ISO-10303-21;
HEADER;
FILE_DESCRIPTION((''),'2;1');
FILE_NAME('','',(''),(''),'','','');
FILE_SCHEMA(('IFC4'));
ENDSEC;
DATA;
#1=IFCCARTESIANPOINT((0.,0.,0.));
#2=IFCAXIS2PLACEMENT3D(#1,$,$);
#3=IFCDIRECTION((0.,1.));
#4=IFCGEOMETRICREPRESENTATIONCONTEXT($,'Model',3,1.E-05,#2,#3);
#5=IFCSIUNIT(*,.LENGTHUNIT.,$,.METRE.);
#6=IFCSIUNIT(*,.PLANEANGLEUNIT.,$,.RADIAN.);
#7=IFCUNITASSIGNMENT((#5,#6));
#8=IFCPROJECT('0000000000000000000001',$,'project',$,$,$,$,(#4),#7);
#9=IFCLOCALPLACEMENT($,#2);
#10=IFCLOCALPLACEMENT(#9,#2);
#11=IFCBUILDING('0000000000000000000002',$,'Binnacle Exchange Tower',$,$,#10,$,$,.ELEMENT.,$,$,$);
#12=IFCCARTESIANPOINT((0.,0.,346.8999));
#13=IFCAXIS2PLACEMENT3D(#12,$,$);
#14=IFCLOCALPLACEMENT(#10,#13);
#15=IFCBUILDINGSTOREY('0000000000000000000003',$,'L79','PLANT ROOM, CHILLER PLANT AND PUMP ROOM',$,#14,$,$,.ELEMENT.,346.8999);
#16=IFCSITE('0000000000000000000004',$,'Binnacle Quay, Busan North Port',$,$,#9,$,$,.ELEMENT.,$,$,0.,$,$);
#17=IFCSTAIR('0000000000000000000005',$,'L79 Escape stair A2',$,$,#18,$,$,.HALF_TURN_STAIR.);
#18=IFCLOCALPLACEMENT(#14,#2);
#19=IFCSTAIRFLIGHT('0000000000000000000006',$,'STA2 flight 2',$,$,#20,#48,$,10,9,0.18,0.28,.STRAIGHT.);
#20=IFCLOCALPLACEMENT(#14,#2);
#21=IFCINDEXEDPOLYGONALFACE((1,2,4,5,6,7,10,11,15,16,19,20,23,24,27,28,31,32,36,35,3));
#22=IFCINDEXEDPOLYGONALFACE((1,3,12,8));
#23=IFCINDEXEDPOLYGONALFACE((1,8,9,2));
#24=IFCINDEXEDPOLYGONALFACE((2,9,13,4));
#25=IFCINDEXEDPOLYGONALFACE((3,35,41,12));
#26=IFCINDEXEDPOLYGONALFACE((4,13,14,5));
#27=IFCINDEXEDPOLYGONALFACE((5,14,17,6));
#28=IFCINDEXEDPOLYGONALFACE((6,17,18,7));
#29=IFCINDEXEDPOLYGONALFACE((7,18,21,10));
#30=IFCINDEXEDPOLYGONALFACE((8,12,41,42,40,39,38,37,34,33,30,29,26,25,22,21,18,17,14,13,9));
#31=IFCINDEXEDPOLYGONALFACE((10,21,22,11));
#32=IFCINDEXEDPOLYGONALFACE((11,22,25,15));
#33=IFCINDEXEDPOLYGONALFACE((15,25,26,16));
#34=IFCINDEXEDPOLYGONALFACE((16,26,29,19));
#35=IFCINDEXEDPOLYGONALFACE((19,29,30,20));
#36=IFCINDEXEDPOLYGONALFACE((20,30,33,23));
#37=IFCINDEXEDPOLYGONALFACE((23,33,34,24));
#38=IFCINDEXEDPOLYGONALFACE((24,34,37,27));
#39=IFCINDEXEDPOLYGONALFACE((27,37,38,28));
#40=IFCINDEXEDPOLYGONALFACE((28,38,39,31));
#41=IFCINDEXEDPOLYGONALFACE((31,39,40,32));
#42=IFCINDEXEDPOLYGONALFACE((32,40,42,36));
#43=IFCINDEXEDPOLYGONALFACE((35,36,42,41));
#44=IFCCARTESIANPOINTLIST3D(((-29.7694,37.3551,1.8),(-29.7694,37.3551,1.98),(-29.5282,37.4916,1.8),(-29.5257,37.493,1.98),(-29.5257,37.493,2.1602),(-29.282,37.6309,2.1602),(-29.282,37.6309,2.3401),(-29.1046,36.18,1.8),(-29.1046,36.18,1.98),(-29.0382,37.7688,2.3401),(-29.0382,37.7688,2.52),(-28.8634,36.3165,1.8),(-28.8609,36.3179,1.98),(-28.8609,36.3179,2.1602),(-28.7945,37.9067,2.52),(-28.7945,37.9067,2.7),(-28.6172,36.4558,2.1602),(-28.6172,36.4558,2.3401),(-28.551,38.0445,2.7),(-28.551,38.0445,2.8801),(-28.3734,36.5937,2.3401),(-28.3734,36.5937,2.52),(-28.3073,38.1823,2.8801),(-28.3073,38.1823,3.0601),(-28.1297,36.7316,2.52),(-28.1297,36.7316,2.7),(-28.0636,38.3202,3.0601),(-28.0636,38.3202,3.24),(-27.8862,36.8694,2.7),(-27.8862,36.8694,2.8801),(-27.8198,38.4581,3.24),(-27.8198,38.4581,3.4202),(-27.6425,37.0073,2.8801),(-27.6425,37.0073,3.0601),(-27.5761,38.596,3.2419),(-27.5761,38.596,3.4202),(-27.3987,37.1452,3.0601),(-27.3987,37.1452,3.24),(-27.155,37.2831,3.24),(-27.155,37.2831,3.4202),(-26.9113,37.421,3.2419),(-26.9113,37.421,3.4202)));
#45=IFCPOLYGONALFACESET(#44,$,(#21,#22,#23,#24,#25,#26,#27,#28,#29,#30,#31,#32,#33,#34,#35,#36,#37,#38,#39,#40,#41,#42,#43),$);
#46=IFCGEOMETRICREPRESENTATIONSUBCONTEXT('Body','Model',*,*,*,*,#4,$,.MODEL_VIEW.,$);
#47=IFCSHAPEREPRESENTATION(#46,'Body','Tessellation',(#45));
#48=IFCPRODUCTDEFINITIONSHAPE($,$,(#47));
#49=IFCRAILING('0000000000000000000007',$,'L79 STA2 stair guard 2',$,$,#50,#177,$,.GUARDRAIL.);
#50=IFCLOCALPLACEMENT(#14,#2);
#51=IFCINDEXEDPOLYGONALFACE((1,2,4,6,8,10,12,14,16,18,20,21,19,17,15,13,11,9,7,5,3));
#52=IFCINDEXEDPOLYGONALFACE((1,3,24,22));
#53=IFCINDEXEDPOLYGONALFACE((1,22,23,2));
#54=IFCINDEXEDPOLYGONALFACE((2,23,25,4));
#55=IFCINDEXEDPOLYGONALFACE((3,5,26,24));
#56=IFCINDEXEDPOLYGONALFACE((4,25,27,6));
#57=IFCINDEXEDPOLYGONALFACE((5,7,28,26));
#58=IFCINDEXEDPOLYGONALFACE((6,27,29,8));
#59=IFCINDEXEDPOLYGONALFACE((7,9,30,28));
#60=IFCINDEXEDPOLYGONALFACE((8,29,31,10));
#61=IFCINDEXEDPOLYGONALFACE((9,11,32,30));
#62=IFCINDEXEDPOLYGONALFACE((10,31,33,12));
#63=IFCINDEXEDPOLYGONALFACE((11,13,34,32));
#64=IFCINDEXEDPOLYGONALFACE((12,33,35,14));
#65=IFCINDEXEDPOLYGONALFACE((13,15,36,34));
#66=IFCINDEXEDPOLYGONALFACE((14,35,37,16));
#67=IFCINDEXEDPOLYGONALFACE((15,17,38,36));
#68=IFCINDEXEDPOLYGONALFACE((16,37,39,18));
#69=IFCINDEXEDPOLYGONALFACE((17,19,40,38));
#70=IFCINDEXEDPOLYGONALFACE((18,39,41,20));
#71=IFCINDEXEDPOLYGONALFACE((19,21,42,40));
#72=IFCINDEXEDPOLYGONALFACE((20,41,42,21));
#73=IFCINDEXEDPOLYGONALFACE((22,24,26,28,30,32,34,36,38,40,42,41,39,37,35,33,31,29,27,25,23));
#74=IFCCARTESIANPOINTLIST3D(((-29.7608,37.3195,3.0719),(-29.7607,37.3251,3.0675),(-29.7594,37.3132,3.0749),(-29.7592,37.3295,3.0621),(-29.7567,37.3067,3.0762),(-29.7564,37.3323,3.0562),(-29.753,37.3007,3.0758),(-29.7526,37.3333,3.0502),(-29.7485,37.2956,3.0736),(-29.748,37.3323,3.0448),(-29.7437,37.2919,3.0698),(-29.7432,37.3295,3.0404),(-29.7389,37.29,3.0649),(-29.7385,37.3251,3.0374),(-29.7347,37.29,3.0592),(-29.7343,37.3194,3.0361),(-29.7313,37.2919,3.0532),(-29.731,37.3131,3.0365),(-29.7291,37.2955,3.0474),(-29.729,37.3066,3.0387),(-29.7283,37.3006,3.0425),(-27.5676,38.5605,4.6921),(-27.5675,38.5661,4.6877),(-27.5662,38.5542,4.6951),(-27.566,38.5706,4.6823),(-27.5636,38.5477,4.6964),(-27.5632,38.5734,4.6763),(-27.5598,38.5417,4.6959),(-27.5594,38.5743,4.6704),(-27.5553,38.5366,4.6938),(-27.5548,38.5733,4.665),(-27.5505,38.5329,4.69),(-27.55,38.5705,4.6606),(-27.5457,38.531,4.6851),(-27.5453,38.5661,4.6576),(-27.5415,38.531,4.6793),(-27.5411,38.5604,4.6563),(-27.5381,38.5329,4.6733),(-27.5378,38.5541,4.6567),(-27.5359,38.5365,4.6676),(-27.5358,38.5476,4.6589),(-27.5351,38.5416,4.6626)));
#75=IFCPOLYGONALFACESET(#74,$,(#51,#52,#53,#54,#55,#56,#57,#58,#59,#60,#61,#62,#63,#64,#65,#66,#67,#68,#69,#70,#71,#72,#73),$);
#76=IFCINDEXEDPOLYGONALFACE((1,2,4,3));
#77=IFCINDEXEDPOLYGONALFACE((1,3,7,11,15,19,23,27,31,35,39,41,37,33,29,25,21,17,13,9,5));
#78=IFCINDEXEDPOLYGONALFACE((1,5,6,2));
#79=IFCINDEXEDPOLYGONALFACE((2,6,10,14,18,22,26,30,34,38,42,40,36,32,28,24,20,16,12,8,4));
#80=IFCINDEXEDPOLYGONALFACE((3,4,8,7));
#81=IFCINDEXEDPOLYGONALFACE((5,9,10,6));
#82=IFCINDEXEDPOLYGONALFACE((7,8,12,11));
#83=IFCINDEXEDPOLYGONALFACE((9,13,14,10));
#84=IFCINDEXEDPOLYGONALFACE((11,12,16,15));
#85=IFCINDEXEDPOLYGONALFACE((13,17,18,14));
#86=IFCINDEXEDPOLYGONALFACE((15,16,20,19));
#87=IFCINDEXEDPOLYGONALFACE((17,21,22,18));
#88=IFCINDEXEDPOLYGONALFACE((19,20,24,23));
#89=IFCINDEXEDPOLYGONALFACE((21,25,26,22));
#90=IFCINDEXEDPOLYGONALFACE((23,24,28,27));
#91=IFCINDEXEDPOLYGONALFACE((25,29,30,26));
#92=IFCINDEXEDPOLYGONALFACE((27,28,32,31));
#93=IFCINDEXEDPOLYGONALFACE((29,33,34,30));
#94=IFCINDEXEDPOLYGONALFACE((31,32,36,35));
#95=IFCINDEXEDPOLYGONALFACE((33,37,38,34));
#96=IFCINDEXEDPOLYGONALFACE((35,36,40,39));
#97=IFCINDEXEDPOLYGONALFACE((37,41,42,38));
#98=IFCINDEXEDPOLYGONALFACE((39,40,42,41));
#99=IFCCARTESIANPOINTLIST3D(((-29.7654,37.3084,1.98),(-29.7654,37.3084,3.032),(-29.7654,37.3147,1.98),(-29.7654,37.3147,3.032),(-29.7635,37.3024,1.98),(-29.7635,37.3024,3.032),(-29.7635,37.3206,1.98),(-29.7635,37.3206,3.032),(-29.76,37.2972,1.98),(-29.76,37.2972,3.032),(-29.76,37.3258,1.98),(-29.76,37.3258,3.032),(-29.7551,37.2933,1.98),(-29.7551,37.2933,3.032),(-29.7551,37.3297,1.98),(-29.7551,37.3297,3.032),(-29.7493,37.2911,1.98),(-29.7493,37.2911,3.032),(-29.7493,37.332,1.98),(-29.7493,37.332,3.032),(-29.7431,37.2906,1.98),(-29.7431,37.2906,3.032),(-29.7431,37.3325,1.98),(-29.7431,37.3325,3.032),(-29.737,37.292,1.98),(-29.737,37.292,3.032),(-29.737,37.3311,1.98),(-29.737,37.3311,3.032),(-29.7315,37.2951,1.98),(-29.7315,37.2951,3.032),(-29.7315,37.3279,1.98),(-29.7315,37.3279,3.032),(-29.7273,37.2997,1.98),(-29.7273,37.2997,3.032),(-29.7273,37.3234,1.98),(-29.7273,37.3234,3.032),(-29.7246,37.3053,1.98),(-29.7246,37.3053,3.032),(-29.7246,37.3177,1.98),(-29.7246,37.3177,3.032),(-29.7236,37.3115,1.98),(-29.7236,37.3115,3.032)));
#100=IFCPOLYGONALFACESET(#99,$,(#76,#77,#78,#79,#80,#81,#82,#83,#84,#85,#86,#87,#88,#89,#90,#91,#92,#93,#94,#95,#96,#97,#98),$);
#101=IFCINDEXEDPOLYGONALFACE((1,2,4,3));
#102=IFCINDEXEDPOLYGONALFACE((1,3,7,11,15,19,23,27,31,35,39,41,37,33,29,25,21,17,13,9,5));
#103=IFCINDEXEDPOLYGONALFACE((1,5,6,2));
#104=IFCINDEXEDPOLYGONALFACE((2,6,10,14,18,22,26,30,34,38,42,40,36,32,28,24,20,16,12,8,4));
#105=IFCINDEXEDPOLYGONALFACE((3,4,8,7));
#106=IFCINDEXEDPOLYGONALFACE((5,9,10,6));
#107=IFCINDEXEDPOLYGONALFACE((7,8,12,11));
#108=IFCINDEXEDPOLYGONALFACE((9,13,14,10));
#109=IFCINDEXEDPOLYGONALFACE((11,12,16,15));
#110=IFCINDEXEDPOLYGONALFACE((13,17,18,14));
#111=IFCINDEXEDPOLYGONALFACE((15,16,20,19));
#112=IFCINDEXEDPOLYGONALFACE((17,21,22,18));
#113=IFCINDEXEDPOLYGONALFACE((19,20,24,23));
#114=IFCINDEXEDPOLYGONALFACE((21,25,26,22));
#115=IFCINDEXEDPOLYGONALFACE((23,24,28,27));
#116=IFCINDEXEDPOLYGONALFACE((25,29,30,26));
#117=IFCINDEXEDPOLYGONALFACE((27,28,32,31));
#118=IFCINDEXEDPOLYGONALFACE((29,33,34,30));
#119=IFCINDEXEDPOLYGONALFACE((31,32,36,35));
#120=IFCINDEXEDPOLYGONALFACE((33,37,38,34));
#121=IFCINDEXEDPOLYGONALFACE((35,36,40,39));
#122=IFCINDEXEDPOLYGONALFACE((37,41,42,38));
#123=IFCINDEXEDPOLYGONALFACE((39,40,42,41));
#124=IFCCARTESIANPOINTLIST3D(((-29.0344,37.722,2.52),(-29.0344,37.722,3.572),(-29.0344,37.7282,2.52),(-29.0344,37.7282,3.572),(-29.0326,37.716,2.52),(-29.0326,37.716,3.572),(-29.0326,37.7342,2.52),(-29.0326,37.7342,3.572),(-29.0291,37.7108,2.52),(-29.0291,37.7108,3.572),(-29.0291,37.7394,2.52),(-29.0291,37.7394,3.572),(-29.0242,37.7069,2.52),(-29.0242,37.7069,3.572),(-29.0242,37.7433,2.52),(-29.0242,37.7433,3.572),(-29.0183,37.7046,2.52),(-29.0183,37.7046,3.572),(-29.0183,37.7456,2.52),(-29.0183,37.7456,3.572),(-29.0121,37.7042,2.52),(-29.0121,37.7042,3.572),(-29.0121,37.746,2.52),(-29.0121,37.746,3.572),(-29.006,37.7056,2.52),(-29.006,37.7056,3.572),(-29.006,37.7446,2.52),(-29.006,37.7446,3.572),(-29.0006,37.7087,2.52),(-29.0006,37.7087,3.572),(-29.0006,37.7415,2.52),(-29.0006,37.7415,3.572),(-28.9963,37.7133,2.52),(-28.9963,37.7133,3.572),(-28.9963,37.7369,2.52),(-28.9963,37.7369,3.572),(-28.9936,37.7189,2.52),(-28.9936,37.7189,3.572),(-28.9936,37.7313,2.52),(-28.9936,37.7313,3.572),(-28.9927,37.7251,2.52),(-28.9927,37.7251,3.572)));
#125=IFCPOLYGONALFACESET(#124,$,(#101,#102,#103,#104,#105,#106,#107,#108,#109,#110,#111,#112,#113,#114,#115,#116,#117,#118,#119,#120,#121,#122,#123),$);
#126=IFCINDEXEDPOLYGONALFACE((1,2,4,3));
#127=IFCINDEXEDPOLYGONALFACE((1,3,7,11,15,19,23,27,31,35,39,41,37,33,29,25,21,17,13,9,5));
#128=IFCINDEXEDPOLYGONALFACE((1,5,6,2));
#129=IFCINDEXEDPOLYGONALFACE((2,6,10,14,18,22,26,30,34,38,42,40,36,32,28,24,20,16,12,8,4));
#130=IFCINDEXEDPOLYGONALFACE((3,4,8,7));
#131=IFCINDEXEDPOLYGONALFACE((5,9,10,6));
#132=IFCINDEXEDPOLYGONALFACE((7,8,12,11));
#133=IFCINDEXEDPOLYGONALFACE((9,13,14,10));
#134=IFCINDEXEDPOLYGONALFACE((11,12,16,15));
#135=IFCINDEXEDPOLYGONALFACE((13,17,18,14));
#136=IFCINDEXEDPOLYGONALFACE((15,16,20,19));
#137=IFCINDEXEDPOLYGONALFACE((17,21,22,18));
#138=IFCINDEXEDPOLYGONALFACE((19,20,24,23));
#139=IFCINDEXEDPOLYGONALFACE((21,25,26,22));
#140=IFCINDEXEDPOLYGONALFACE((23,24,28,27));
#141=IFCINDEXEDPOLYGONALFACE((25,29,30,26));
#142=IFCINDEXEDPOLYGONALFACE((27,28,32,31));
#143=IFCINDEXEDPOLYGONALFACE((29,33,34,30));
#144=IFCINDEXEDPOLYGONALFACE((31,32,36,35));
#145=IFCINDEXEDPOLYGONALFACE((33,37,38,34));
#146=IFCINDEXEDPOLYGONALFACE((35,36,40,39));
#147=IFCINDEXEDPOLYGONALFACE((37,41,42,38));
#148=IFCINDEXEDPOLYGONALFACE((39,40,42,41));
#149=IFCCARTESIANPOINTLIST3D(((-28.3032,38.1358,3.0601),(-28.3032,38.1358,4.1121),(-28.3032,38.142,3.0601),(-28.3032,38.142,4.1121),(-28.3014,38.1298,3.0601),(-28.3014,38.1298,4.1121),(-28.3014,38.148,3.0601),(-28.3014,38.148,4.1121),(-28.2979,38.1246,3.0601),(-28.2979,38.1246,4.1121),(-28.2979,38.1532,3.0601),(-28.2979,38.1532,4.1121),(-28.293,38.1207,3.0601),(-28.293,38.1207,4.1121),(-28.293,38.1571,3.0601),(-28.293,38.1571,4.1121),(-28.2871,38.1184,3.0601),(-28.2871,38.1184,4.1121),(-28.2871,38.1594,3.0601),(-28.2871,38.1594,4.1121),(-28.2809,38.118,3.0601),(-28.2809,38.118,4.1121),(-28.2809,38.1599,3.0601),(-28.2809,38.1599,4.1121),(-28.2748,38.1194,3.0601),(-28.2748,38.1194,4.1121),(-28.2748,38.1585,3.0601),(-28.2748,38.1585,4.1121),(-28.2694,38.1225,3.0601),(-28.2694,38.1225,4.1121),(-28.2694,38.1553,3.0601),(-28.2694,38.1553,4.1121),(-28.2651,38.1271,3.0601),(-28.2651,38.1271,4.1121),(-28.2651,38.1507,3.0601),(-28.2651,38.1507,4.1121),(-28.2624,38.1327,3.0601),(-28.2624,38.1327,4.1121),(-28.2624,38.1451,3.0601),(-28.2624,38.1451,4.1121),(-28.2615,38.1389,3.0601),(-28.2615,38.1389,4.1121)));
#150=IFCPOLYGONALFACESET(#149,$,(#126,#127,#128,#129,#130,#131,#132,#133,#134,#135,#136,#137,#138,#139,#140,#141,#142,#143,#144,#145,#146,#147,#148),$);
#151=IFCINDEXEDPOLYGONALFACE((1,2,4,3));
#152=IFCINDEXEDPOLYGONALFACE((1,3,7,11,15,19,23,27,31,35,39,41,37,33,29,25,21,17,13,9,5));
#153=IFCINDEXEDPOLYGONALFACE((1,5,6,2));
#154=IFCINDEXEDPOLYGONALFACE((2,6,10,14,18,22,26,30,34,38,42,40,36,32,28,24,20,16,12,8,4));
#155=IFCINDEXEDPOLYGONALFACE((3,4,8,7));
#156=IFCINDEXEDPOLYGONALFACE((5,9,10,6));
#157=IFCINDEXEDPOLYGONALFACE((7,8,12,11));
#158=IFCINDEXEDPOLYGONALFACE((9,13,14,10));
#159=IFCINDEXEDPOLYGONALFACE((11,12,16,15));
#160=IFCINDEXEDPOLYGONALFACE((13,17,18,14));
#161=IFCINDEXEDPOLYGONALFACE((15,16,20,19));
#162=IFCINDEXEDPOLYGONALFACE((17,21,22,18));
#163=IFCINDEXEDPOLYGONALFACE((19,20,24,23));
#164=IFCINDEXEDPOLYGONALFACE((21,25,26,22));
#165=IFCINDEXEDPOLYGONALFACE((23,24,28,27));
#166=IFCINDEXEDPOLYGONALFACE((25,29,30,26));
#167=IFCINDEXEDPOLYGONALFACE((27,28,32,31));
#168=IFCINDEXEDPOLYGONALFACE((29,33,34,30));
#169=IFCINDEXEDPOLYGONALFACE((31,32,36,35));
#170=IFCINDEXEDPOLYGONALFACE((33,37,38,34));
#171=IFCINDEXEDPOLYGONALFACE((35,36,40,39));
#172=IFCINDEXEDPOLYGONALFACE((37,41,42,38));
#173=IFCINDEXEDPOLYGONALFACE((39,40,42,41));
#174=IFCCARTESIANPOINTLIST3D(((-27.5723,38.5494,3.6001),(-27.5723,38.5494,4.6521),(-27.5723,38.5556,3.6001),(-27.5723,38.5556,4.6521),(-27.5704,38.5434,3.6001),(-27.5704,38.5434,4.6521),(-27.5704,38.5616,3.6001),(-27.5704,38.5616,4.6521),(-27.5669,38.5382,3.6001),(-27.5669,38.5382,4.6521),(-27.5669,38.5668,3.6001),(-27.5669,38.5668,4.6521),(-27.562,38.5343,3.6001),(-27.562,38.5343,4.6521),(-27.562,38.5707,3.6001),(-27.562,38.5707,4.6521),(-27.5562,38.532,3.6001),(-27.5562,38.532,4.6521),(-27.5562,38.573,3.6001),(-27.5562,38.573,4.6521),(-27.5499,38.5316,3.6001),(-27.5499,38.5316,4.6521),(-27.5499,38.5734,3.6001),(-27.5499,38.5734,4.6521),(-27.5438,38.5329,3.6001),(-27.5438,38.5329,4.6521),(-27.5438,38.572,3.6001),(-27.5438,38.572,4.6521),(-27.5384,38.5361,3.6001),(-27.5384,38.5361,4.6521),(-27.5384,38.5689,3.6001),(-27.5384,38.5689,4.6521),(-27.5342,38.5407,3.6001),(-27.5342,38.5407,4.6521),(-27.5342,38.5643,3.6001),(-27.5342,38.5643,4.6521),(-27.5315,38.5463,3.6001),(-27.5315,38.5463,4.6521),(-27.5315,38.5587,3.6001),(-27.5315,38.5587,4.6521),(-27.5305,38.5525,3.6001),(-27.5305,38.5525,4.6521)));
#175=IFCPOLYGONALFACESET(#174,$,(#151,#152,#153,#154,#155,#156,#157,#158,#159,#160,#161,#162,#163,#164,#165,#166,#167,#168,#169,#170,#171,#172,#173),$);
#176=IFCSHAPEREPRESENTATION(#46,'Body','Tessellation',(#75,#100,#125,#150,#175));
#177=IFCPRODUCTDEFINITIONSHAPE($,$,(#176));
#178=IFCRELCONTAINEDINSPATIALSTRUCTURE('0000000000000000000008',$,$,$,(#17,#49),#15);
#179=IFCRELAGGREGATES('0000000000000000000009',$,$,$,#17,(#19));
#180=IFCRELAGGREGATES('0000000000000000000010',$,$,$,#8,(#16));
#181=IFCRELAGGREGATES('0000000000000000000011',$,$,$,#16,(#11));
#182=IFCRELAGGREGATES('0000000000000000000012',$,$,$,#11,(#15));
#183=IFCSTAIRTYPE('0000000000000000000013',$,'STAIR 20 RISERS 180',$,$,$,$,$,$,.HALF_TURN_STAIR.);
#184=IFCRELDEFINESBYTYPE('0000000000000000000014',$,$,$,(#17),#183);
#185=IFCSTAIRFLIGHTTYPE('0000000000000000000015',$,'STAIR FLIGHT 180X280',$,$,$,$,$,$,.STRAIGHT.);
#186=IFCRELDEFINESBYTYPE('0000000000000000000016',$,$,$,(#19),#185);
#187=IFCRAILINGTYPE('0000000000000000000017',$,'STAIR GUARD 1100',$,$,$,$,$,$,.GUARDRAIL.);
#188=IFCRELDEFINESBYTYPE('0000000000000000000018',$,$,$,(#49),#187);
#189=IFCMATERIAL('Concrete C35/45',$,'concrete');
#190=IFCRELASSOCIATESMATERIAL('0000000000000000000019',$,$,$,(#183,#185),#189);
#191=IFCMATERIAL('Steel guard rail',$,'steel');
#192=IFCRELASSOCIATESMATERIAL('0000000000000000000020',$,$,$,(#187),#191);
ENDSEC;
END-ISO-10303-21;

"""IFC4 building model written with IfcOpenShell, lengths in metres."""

from ifc_helpers import new_model, si_unit, direction, frame, origin, origin_2d, place, context, subcontext, project, spatial, polyline, circle, outline, extrude, material, type_object, element, aggregate, save


model = new_model("IFC4")

# Units and contexts
model_context = context("Model", 3, precision=1e-05, world=origin(), true_north=direction((0.0, 1.0)))
body_context = subcontext(model_context, "Body", "Model", "MODEL_VIEW")
ifc_project = project(units=[si_unit("LENGTHUNIT", "METRE"), si_unit("PLANEANGLEUNIT", "RADIAN")], contexts=[model_context])

# Site, building, storey
site_placement = place(None, origin())
site = spatial("IfcSite", under=ifc_project, at=site_placement, Name="Binnacle Quay, Busan North Port", CompositionType="ELEMENT", RefElevation=0.0)
building_placement = place(site_placement, origin())
building = spatial("IfcBuilding", under=site, at=building_placement, Name="Binnacle Exchange Tower", CompositionType="ELEMENT")
storey_placement = place(building_placement, frame((0.0, 0.0, 346.8999)))
storey = spatial("IfcBuildingStorey", under=building, at=storey_placement, Name="L79", Description="PLANT ROOM, CHILLER PLANT AND PUMP ROOM", CompositionType="ELEMENT", Elevation=346.8999)

# Shared definitions
ifc_material_1 = material(Name="Concrete C35/45", Category="concrete")

# Stair
stair_type = type_object("IfcStairType", Name="STAIR 20 RISERS 180", PredefinedType="HALF_TURN_STAIR", material=ifc_material_1)
stair_1_placement = place(storey_placement, origin())
stair_1 = element("IfcStair", 1, at=stair_1_placement, inside=storey, type_object=stair_type, Name="L79 Escape stair A2", PredefinedType="HALF_TURN_STAIR")

# Stair flight
stair_flight_type = type_object("IfcStairFlightType", Name="STAIR FLIGHT 180X280", PredefinedType="STRAIGHT", material=ifc_material_1)
stair_flight_placement = place(storey_placement, frame((-29.437, 36.7676, 1.8), z_axis=(0.0, 0.0, 1.0), x_axis=(0.870356, 0.492424, 0.0)))
stair_flight = element("IfcStairFlight", 2, at=stair_flight_placement, type_object=stair_flight_type, Name="STA2 flight 2", NumberOfRisers=10, NumberOfTreads=9, PredefinedType="STRAIGHT", RiserHeight=0.18, TreadLength=0.28, context=body_context, shape_type="SweptSolid", body=[
    extrude(outline(polyline([(0.0, 0.0), (0.0, 0.1799), (0.28, 0.1799), (0.28, 0.3601), (0.5601, 0.3601), (0.5601, 0.54), (0.8401, 0.54), (0.8401, 0.72), (1.1201, 0.72), (1.1201, 0.8999), (1.3999, 0.8999), (1.3999, 1.0801), (1.6799, 1.0801), (1.6799, 1.26), (1.96, 1.26), (1.96, 1.4399), (2.24, 1.4399), (2.24, 1.6201), (2.52, 1.6201), (2.52, 1.8), (2.52, 1.4419), (0.2771, 0.0), (0.0, 0.0)])), frame((0.0, 0.675, 0.0), z_axis=(0.0, -1.0, 0.0), x_axis=(1.0, 0.0, 0.0)), (0.0, 0.0, 1.0), 1.3501),
])
aggregate(stair_1, [stair_flight])

# Railing
ifc_material_2 = material(Name="Steel guard rail", Category="steel")
railing_type_1 = type_object("IfcRailingType", Name="STAIR GUARD 1100", PredefinedType="GUARDRAIL", material=ifc_material_2)
railing_1_placement = place(storey_placement, frame((-29.7446, 37.3115, 1.98)))
element("IfcRailing", 3, at=railing_1_placement, inside=storey, type_object=railing_type_1, Name="L79 STA2 stair guard 2", PredefinedType="GUARDRAIL", context=body_context, shape_type="SweptSolid", body=[
    extrude(circle(Radius=0.0239, at=origin_2d()), frame((0.0, 0.0, 1.0762), z_axis=(0.732075, 0.414242, 0.540805), x_axis=(-0.492472, 0.870328, 0.0)), (0.0, 0.0, 1.0), 2.9958),
    extrude(circle(Radius=0.021, at=origin_2d()), origin(), (0.0, 0.0, 1.0), 1.052),
    extrude(circle(Radius=0.021, at=origin_2d()), frame((0.731, 0.4136, 0.54)), (0.0, 0.0, 1.0), 1.052),
    extrude(circle(Radius=0.021, at=origin_2d()), frame((1.4622, 0.8274, 1.0801)), (0.0, 0.0, 1.0), 1.052),
    extrude(circle(Radius=0.021, at=origin_2d()), frame((2.1931, 1.241, 1.6201)), (0.0, 0.0, 1.0), 1.052),
])

save(model, "model.ifc")
